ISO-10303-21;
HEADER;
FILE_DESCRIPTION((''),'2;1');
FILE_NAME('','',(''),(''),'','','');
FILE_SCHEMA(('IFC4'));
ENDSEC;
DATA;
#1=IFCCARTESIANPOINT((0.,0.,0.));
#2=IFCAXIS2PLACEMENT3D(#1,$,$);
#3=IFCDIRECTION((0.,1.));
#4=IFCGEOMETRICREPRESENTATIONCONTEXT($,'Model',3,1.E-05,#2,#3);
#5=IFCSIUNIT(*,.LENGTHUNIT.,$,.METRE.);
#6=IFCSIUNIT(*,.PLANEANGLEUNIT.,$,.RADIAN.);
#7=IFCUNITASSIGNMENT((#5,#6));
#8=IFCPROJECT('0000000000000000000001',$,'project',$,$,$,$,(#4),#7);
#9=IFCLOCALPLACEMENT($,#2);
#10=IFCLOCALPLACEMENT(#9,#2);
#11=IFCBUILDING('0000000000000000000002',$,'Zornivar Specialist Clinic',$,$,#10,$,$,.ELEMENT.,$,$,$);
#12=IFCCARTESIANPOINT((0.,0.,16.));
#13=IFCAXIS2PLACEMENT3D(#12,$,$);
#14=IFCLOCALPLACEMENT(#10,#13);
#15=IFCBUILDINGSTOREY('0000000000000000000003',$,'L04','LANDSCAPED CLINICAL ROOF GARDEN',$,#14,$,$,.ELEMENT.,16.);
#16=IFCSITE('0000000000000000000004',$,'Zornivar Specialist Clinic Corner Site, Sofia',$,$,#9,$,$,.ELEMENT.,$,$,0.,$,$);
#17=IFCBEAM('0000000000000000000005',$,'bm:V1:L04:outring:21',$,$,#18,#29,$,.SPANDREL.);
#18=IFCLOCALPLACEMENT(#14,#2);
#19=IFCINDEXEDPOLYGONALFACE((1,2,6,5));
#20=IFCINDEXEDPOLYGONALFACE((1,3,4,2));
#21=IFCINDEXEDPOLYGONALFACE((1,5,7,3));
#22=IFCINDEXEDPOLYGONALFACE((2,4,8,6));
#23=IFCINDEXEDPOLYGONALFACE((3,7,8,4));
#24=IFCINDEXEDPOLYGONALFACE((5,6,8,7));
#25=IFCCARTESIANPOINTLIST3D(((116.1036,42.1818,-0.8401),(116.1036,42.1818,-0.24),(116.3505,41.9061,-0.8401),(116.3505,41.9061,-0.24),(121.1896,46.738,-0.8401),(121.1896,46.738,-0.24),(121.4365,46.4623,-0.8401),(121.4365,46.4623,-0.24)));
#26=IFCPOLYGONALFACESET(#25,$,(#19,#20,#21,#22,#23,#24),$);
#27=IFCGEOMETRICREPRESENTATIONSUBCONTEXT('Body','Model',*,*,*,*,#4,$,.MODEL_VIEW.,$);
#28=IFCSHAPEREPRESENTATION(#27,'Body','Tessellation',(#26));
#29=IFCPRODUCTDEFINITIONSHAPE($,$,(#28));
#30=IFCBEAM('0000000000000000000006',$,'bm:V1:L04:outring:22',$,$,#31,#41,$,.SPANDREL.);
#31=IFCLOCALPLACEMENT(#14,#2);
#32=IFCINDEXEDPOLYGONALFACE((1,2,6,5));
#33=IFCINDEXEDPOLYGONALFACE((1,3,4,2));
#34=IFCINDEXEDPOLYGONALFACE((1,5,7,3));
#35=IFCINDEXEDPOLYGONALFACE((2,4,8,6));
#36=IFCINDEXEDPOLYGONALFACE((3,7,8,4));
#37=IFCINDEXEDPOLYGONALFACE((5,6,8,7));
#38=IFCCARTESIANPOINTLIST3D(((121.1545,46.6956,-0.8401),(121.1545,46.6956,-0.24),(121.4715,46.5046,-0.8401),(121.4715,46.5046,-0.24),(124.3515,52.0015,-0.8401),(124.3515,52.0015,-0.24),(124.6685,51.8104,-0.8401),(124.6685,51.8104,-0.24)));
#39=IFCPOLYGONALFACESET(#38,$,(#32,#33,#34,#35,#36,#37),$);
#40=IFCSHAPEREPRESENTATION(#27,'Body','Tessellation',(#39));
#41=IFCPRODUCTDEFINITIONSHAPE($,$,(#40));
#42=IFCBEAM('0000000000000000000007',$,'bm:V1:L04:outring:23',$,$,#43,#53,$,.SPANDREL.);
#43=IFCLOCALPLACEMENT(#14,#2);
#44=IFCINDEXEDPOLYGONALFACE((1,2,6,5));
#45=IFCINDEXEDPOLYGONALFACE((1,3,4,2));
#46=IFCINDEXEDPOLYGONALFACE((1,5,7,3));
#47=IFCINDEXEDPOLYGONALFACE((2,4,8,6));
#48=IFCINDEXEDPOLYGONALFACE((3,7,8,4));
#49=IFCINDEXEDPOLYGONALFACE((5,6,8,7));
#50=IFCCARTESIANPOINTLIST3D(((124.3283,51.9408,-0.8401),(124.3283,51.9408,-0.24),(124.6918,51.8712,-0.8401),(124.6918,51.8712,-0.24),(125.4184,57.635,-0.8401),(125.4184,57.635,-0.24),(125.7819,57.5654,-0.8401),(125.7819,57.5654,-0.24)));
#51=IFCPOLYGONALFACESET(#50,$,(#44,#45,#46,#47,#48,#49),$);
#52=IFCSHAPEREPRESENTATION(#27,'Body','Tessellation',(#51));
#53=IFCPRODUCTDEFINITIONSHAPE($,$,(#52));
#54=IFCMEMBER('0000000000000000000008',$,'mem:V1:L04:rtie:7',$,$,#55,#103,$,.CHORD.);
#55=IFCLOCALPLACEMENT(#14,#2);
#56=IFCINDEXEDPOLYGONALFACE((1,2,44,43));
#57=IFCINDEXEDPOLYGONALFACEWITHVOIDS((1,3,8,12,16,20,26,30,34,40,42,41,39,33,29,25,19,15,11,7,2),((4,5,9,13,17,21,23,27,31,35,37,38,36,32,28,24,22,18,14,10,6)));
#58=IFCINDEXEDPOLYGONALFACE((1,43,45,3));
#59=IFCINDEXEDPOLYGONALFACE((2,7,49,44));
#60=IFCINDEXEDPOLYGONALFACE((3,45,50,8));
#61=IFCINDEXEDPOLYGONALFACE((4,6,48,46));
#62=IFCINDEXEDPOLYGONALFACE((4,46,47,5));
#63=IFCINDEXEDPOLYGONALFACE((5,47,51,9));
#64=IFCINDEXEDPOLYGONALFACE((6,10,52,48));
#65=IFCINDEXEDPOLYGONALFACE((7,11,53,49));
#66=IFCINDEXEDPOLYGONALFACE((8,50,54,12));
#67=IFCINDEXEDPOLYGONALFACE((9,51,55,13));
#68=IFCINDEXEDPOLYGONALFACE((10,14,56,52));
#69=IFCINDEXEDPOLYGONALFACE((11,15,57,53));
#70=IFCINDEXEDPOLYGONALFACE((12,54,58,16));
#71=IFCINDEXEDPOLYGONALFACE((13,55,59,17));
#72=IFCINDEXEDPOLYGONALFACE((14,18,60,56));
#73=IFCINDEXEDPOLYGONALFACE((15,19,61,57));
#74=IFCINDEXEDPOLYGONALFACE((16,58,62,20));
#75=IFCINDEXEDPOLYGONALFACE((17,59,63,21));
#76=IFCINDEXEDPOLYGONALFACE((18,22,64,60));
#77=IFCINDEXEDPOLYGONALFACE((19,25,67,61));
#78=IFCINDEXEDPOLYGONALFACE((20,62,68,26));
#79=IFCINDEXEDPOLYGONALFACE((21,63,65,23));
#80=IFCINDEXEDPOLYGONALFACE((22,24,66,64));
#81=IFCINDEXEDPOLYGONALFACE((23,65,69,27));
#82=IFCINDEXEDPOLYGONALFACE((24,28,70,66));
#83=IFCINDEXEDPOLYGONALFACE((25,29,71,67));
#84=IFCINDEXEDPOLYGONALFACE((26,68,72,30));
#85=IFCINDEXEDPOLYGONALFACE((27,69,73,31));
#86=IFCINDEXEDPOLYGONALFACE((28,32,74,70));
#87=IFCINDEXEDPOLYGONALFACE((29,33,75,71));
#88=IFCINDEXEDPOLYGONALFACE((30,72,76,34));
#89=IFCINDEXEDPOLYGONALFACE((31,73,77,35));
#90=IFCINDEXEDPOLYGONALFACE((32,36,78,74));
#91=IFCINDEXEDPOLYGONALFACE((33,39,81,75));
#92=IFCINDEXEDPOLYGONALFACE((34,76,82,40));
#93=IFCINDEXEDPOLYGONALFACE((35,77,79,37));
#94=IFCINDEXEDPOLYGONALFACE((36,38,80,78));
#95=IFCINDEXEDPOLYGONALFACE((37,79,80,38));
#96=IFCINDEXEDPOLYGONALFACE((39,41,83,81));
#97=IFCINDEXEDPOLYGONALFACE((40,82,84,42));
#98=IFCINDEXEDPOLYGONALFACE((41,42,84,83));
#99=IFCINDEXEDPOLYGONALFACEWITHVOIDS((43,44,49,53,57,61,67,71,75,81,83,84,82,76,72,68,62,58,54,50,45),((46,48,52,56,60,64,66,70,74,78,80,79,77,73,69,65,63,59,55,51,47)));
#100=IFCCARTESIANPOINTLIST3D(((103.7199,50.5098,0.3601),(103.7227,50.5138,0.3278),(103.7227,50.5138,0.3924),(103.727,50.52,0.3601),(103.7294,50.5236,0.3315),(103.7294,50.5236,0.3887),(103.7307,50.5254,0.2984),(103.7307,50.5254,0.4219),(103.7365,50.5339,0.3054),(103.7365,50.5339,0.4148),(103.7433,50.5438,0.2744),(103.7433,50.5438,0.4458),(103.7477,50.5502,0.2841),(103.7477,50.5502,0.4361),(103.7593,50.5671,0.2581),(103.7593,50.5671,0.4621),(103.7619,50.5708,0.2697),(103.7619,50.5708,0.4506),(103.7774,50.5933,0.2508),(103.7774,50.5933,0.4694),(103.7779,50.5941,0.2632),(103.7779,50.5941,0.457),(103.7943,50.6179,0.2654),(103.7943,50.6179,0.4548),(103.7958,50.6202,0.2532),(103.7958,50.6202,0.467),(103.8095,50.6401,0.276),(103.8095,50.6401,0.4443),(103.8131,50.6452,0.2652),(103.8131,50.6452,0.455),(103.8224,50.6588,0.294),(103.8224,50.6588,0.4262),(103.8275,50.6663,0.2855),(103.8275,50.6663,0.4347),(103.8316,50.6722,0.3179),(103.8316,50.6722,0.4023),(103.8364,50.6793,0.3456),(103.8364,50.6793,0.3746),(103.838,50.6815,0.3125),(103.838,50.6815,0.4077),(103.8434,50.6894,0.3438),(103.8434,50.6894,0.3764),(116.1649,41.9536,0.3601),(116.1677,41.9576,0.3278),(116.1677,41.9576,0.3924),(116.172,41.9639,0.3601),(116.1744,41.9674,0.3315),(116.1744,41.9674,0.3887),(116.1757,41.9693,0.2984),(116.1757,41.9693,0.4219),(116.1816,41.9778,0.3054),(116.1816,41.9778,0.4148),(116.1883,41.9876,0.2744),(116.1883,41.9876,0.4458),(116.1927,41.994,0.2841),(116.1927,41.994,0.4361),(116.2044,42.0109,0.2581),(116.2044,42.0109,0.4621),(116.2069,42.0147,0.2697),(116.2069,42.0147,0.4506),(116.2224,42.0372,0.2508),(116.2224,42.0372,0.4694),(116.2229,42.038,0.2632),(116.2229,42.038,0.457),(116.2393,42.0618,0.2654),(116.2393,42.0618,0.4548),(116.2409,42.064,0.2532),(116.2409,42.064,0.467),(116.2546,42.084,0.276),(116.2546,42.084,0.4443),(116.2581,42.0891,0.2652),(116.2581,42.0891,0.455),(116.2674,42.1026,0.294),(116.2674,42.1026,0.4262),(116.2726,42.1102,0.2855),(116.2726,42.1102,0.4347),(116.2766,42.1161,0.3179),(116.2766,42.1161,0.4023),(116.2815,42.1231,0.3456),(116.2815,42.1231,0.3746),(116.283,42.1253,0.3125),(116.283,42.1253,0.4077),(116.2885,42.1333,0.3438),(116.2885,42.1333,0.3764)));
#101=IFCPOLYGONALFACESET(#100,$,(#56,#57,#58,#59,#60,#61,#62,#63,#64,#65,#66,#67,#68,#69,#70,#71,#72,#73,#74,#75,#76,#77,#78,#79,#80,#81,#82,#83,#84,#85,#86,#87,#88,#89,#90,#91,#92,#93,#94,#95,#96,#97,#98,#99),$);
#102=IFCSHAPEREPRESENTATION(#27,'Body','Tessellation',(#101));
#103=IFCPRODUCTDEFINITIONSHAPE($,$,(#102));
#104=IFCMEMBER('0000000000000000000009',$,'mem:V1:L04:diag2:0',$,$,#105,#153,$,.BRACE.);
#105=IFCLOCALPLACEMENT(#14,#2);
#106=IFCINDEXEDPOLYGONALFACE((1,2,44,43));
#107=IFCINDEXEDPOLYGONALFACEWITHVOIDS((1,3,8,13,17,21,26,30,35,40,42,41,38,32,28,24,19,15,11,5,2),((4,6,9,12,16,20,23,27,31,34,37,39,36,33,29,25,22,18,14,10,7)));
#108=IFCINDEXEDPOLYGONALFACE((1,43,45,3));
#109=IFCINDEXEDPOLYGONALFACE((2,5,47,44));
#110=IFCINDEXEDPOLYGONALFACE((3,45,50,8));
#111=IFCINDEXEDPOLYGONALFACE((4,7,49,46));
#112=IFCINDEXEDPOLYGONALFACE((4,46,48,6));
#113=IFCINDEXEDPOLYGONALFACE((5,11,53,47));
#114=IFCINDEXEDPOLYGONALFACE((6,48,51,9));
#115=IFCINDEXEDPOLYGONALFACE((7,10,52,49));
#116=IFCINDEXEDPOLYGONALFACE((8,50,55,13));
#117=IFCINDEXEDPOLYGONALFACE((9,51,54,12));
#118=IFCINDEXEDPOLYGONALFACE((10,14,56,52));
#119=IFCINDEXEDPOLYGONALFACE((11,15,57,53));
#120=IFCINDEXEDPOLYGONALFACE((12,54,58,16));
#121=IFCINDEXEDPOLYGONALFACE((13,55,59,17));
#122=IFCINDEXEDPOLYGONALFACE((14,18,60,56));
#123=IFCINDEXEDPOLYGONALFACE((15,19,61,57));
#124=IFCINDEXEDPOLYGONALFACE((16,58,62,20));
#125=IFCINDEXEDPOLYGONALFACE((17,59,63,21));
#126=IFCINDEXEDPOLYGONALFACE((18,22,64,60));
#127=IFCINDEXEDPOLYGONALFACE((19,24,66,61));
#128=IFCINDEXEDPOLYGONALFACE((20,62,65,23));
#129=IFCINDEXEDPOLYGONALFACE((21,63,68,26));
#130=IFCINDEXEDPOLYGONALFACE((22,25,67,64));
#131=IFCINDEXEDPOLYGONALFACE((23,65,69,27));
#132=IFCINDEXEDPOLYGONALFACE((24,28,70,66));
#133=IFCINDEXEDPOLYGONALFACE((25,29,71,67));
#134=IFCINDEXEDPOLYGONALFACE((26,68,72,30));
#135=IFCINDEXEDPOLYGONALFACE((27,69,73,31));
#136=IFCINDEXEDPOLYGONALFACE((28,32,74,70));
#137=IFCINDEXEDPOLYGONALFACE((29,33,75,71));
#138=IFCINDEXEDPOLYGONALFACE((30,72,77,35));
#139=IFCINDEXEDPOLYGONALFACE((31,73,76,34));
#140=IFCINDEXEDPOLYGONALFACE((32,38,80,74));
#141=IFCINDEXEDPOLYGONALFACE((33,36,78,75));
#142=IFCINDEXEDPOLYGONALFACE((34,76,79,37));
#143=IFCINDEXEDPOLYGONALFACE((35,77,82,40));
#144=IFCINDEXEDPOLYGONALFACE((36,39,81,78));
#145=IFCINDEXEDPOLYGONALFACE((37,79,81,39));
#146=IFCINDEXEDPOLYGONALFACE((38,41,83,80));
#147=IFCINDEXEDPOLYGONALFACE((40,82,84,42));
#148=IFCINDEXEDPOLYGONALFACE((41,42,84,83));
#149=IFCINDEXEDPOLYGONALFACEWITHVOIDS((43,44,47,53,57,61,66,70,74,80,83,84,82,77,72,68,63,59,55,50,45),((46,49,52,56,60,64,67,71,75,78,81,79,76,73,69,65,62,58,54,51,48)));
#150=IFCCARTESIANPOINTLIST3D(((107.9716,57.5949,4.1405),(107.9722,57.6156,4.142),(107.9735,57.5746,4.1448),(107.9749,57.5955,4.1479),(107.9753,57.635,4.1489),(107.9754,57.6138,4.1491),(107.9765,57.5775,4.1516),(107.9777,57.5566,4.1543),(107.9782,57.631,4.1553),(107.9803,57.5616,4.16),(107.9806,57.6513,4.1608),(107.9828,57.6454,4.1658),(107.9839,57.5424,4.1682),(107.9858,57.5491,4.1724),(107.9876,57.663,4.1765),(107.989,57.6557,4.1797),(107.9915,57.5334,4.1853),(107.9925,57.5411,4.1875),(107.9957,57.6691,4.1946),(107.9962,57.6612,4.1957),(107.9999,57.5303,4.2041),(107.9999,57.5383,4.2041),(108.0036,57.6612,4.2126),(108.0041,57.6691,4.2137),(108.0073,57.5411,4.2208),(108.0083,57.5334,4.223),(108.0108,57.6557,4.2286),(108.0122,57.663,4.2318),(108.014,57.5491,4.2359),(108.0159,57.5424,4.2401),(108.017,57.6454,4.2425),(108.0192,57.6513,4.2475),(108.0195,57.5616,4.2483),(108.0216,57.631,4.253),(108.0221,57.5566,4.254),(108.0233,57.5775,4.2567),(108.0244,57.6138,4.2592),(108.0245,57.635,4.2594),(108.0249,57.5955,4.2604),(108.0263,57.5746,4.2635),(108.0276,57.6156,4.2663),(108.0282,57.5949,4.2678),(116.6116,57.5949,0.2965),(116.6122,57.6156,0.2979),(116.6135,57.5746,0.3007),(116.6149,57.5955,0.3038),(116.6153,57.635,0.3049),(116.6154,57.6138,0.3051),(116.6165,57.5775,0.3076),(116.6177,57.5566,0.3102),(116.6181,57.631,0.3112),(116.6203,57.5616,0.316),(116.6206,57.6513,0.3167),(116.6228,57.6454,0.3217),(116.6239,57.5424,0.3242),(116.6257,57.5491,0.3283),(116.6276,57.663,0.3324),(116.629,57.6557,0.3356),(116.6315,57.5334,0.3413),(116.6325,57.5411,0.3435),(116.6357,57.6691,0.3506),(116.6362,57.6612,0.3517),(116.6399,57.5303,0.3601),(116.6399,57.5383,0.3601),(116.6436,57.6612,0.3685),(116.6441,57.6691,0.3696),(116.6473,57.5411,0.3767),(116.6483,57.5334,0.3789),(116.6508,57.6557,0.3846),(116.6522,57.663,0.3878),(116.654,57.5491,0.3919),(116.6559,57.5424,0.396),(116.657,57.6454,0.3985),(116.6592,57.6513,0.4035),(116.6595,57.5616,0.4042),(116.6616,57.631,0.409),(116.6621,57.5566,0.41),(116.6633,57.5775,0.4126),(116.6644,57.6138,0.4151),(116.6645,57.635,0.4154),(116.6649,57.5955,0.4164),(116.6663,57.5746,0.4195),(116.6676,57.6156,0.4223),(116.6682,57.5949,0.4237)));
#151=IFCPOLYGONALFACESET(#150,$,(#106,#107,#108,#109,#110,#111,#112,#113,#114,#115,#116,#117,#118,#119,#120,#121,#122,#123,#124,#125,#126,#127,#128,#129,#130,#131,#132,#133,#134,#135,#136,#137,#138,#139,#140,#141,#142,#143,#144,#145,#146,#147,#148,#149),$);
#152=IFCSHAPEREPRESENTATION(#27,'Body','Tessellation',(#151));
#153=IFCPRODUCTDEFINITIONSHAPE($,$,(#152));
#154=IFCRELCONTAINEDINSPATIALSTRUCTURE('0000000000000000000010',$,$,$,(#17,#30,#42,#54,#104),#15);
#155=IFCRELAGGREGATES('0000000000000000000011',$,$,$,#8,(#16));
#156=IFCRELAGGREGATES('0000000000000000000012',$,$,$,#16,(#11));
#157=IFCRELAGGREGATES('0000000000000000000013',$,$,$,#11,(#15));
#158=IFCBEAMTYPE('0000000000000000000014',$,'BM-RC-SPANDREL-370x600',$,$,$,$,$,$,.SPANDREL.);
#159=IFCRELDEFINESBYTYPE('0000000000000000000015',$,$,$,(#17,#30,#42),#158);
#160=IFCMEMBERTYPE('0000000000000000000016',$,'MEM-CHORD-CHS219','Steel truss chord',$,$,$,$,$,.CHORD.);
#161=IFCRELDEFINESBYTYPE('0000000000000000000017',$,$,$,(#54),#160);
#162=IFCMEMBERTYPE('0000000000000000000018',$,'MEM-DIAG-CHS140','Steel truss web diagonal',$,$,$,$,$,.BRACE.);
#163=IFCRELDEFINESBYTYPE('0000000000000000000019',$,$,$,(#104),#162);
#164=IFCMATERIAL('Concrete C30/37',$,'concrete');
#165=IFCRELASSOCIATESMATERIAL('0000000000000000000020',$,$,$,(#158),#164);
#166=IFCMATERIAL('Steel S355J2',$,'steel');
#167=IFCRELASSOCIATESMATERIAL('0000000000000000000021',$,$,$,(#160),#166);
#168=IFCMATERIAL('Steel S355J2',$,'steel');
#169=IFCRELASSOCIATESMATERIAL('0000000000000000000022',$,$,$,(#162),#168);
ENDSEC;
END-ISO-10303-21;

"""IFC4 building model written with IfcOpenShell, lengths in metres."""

from ifc_helpers import new_model, si_unit, direction, frame, origin, origin_2d, place, context, subcontext, project, spatial, rectangle, hollow_circle, extrude, material, material_profile, profile_set, type_object, element, save


model = new_model("IFC4")

# Units and contexts
model_context = context("Model", 3, precision=1e-05, world=origin(), true_north=direction((0.0, 1.0)))
body_context = subcontext(model_context, "Body", "Model", "MODEL_VIEW")
ifc_project = project(units=[si_unit("LENGTHUNIT", "METRE"), si_unit("PLANEANGLEUNIT", "RADIAN")], contexts=[model_context])

# Site, building, storey
site_placement = place(None, origin())
site = spatial("IfcSite", under=ifc_project, at=site_placement, Name="Zornivar Specialist Clinic Corner Site, Sofia", CompositionType="ELEMENT", RefElevation=0.0)
building_placement = place(site_placement, origin())
building = spatial("IfcBuilding", under=site, at=building_placement, Name="Zornivar Specialist Clinic", CompositionType="ELEMENT")
storey_placement = place(building_placement, frame((0.0, 0.0, 16.0)))
storey = spatial("IfcBuildingStorey", under=building, at=storey_placement, Name="L04", Description="LANDSCAPED CLINICAL ROOF GARDEN", CompositionType="ELEMENT", Elevation=16.0)

# Beams
ifc_material_1 = material(Name="Concrete C30/37", Category="concrete")
ifc_material_profile_1 = material_profile(ifc_material_1, rectangle(XDim=0.3701, YDim=0.6001, at=origin_2d()), Name="RC 370x600")
ifc_profile_set_1 = profile_set([ifc_material_profile_1], Name="Concrete C30/37")
beam_type = type_object("IfcBeamType", Name="BM-RC-SPANDREL-370x600", PredefinedType="SPANDREL", material=ifc_profile_set_1)
beam_1_placement = place(storey_placement, frame((116.2271, 42.0439, -0.54), z_axis=(0.744835, 0.667248, 0.0), x_axis=(-0.667248, 0.744835, 0.0)))
element("IfcBeam", 1, at=beam_1_placement, inside=storey, type_object=beam_type, Name="bm:V1:L04:outring:21", PredefinedType="SPANDREL", context=body_context, shape_type="SweptSolid", body=[
    extrude(rectangle(XDim=0.3701, YDim=0.6001, at=origin_2d()), origin(), (0.0, 0.0, 1.0), 6.8284),
])
beam_2_placement = place(storey_placement, frame((121.313, 46.6001, -0.54), z_axis=(0.516095, 0.856532, 0.0), x_axis=(-0.856532, 0.516095, 0.0)))
element("IfcBeam", 2, at=beam_2_placement, inside=storey, type_object=beam_type, Name="bm:V1:L04:outring:22", PredefinedType="SPANDREL", context=body_context, shape_type="SweptSolid", body=[
    extrude(rectangle(XDim=0.3701, YDim=0.6001, at=origin_2d()), origin(), (0.0, 0.0, 1.0), 6.1946),
])
beam_3_placement = place(storey_placement, frame((124.51, 51.906, -0.54), z_axis=(0.188027, 0.982164, 0.0), x_axis=(-0.982164, 0.188027, 0.0)))
element("IfcBeam", 3, at=beam_3_placement, inside=storey, type_object=beam_type, Name="bm:V1:L04:outring:23", PredefinedType="SPANDREL", context=body_context, shape_type="SweptSolid", body=[
    extrude(rectangle(XDim=0.3701, YDim=0.6001, at=origin_2d()), origin(), (0.0, 0.0, 1.0), 5.7976),
])

# Members
ifc_material_2 = material(Name="Steel S355J2", Category="steel")
ifc_material_profile_2 = material_profile(ifc_material_2, hollow_circle(Radius=0.1096, WallThickness=0.0125, at=origin_2d()), Name="CHS 219.1x12.5")
ifc_profile_set_2 = profile_set([ifc_material_profile_2], Name="Steel S355J2")
member_type_1 = type_object("IfcMemberType", Name="MEM-CHORD-CHS219", Description="Steel truss chord", PredefinedType="CHORD", material=ifc_profile_set_2)
member_1_placement = place(storey_placement, frame((116.2271, 42.0439, 0.3601), z_axis=(-0.824037, 0.566536, 0.0), x_axis=(-0.566536, -0.824037, 0.0)))
element("IfcMember", 4, at=member_1_placement, inside=storey, type_object=member_type_1, Name="mem:V1:L04:rtie:7", PredefinedType="CHORD", context=body_context, shape_type="SweptSolid", body=[
    extrude(hollow_circle(Radius=0.1096, WallThickness=0.0125, at=origin_2d()), origin(), (0.0, 0.0, 1.0), 15.1025),
])
ifc_material_3 = material(Name="Steel S355J2", Category="steel")
ifc_material_profile_3 = material_profile(ifc_material_3, hollow_circle(Radius=0.0698, WallThickness=0.0081, at=origin_2d()), Name="CHS 139.7x8")
ifc_profile_set_3 = profile_set([ifc_material_profile_3], Name="Steel S355J2")
member_type_2 = type_object("IfcMemberType", Name="MEM-DIAG-CHS140", Description="Steel truss web diagonal", PredefinedType="BRACE", material=ifc_profile_set_3)
member_2_placement = place(storey_placement, frame((116.6399, 57.6001, 0.3601), z_axis=(-0.913653, 0.0, 0.406495), x_axis=(0.0, -1.0, 0.0)))
element("IfcMember", 5, at=member_2_placement, inside=storey, type_object=member_type_2, Name="mem:V1:L04:diag2:0", PredefinedType="BRACE", context=body_context, shape_type="SweptSolid", body=[
    extrude(hollow_circle(Radius=0.0698, WallThickness=0.0081, at=origin_2d()), origin(), (0.0, 0.0, 1.0), 9.4565),
])

save(model, "model.ifc")
